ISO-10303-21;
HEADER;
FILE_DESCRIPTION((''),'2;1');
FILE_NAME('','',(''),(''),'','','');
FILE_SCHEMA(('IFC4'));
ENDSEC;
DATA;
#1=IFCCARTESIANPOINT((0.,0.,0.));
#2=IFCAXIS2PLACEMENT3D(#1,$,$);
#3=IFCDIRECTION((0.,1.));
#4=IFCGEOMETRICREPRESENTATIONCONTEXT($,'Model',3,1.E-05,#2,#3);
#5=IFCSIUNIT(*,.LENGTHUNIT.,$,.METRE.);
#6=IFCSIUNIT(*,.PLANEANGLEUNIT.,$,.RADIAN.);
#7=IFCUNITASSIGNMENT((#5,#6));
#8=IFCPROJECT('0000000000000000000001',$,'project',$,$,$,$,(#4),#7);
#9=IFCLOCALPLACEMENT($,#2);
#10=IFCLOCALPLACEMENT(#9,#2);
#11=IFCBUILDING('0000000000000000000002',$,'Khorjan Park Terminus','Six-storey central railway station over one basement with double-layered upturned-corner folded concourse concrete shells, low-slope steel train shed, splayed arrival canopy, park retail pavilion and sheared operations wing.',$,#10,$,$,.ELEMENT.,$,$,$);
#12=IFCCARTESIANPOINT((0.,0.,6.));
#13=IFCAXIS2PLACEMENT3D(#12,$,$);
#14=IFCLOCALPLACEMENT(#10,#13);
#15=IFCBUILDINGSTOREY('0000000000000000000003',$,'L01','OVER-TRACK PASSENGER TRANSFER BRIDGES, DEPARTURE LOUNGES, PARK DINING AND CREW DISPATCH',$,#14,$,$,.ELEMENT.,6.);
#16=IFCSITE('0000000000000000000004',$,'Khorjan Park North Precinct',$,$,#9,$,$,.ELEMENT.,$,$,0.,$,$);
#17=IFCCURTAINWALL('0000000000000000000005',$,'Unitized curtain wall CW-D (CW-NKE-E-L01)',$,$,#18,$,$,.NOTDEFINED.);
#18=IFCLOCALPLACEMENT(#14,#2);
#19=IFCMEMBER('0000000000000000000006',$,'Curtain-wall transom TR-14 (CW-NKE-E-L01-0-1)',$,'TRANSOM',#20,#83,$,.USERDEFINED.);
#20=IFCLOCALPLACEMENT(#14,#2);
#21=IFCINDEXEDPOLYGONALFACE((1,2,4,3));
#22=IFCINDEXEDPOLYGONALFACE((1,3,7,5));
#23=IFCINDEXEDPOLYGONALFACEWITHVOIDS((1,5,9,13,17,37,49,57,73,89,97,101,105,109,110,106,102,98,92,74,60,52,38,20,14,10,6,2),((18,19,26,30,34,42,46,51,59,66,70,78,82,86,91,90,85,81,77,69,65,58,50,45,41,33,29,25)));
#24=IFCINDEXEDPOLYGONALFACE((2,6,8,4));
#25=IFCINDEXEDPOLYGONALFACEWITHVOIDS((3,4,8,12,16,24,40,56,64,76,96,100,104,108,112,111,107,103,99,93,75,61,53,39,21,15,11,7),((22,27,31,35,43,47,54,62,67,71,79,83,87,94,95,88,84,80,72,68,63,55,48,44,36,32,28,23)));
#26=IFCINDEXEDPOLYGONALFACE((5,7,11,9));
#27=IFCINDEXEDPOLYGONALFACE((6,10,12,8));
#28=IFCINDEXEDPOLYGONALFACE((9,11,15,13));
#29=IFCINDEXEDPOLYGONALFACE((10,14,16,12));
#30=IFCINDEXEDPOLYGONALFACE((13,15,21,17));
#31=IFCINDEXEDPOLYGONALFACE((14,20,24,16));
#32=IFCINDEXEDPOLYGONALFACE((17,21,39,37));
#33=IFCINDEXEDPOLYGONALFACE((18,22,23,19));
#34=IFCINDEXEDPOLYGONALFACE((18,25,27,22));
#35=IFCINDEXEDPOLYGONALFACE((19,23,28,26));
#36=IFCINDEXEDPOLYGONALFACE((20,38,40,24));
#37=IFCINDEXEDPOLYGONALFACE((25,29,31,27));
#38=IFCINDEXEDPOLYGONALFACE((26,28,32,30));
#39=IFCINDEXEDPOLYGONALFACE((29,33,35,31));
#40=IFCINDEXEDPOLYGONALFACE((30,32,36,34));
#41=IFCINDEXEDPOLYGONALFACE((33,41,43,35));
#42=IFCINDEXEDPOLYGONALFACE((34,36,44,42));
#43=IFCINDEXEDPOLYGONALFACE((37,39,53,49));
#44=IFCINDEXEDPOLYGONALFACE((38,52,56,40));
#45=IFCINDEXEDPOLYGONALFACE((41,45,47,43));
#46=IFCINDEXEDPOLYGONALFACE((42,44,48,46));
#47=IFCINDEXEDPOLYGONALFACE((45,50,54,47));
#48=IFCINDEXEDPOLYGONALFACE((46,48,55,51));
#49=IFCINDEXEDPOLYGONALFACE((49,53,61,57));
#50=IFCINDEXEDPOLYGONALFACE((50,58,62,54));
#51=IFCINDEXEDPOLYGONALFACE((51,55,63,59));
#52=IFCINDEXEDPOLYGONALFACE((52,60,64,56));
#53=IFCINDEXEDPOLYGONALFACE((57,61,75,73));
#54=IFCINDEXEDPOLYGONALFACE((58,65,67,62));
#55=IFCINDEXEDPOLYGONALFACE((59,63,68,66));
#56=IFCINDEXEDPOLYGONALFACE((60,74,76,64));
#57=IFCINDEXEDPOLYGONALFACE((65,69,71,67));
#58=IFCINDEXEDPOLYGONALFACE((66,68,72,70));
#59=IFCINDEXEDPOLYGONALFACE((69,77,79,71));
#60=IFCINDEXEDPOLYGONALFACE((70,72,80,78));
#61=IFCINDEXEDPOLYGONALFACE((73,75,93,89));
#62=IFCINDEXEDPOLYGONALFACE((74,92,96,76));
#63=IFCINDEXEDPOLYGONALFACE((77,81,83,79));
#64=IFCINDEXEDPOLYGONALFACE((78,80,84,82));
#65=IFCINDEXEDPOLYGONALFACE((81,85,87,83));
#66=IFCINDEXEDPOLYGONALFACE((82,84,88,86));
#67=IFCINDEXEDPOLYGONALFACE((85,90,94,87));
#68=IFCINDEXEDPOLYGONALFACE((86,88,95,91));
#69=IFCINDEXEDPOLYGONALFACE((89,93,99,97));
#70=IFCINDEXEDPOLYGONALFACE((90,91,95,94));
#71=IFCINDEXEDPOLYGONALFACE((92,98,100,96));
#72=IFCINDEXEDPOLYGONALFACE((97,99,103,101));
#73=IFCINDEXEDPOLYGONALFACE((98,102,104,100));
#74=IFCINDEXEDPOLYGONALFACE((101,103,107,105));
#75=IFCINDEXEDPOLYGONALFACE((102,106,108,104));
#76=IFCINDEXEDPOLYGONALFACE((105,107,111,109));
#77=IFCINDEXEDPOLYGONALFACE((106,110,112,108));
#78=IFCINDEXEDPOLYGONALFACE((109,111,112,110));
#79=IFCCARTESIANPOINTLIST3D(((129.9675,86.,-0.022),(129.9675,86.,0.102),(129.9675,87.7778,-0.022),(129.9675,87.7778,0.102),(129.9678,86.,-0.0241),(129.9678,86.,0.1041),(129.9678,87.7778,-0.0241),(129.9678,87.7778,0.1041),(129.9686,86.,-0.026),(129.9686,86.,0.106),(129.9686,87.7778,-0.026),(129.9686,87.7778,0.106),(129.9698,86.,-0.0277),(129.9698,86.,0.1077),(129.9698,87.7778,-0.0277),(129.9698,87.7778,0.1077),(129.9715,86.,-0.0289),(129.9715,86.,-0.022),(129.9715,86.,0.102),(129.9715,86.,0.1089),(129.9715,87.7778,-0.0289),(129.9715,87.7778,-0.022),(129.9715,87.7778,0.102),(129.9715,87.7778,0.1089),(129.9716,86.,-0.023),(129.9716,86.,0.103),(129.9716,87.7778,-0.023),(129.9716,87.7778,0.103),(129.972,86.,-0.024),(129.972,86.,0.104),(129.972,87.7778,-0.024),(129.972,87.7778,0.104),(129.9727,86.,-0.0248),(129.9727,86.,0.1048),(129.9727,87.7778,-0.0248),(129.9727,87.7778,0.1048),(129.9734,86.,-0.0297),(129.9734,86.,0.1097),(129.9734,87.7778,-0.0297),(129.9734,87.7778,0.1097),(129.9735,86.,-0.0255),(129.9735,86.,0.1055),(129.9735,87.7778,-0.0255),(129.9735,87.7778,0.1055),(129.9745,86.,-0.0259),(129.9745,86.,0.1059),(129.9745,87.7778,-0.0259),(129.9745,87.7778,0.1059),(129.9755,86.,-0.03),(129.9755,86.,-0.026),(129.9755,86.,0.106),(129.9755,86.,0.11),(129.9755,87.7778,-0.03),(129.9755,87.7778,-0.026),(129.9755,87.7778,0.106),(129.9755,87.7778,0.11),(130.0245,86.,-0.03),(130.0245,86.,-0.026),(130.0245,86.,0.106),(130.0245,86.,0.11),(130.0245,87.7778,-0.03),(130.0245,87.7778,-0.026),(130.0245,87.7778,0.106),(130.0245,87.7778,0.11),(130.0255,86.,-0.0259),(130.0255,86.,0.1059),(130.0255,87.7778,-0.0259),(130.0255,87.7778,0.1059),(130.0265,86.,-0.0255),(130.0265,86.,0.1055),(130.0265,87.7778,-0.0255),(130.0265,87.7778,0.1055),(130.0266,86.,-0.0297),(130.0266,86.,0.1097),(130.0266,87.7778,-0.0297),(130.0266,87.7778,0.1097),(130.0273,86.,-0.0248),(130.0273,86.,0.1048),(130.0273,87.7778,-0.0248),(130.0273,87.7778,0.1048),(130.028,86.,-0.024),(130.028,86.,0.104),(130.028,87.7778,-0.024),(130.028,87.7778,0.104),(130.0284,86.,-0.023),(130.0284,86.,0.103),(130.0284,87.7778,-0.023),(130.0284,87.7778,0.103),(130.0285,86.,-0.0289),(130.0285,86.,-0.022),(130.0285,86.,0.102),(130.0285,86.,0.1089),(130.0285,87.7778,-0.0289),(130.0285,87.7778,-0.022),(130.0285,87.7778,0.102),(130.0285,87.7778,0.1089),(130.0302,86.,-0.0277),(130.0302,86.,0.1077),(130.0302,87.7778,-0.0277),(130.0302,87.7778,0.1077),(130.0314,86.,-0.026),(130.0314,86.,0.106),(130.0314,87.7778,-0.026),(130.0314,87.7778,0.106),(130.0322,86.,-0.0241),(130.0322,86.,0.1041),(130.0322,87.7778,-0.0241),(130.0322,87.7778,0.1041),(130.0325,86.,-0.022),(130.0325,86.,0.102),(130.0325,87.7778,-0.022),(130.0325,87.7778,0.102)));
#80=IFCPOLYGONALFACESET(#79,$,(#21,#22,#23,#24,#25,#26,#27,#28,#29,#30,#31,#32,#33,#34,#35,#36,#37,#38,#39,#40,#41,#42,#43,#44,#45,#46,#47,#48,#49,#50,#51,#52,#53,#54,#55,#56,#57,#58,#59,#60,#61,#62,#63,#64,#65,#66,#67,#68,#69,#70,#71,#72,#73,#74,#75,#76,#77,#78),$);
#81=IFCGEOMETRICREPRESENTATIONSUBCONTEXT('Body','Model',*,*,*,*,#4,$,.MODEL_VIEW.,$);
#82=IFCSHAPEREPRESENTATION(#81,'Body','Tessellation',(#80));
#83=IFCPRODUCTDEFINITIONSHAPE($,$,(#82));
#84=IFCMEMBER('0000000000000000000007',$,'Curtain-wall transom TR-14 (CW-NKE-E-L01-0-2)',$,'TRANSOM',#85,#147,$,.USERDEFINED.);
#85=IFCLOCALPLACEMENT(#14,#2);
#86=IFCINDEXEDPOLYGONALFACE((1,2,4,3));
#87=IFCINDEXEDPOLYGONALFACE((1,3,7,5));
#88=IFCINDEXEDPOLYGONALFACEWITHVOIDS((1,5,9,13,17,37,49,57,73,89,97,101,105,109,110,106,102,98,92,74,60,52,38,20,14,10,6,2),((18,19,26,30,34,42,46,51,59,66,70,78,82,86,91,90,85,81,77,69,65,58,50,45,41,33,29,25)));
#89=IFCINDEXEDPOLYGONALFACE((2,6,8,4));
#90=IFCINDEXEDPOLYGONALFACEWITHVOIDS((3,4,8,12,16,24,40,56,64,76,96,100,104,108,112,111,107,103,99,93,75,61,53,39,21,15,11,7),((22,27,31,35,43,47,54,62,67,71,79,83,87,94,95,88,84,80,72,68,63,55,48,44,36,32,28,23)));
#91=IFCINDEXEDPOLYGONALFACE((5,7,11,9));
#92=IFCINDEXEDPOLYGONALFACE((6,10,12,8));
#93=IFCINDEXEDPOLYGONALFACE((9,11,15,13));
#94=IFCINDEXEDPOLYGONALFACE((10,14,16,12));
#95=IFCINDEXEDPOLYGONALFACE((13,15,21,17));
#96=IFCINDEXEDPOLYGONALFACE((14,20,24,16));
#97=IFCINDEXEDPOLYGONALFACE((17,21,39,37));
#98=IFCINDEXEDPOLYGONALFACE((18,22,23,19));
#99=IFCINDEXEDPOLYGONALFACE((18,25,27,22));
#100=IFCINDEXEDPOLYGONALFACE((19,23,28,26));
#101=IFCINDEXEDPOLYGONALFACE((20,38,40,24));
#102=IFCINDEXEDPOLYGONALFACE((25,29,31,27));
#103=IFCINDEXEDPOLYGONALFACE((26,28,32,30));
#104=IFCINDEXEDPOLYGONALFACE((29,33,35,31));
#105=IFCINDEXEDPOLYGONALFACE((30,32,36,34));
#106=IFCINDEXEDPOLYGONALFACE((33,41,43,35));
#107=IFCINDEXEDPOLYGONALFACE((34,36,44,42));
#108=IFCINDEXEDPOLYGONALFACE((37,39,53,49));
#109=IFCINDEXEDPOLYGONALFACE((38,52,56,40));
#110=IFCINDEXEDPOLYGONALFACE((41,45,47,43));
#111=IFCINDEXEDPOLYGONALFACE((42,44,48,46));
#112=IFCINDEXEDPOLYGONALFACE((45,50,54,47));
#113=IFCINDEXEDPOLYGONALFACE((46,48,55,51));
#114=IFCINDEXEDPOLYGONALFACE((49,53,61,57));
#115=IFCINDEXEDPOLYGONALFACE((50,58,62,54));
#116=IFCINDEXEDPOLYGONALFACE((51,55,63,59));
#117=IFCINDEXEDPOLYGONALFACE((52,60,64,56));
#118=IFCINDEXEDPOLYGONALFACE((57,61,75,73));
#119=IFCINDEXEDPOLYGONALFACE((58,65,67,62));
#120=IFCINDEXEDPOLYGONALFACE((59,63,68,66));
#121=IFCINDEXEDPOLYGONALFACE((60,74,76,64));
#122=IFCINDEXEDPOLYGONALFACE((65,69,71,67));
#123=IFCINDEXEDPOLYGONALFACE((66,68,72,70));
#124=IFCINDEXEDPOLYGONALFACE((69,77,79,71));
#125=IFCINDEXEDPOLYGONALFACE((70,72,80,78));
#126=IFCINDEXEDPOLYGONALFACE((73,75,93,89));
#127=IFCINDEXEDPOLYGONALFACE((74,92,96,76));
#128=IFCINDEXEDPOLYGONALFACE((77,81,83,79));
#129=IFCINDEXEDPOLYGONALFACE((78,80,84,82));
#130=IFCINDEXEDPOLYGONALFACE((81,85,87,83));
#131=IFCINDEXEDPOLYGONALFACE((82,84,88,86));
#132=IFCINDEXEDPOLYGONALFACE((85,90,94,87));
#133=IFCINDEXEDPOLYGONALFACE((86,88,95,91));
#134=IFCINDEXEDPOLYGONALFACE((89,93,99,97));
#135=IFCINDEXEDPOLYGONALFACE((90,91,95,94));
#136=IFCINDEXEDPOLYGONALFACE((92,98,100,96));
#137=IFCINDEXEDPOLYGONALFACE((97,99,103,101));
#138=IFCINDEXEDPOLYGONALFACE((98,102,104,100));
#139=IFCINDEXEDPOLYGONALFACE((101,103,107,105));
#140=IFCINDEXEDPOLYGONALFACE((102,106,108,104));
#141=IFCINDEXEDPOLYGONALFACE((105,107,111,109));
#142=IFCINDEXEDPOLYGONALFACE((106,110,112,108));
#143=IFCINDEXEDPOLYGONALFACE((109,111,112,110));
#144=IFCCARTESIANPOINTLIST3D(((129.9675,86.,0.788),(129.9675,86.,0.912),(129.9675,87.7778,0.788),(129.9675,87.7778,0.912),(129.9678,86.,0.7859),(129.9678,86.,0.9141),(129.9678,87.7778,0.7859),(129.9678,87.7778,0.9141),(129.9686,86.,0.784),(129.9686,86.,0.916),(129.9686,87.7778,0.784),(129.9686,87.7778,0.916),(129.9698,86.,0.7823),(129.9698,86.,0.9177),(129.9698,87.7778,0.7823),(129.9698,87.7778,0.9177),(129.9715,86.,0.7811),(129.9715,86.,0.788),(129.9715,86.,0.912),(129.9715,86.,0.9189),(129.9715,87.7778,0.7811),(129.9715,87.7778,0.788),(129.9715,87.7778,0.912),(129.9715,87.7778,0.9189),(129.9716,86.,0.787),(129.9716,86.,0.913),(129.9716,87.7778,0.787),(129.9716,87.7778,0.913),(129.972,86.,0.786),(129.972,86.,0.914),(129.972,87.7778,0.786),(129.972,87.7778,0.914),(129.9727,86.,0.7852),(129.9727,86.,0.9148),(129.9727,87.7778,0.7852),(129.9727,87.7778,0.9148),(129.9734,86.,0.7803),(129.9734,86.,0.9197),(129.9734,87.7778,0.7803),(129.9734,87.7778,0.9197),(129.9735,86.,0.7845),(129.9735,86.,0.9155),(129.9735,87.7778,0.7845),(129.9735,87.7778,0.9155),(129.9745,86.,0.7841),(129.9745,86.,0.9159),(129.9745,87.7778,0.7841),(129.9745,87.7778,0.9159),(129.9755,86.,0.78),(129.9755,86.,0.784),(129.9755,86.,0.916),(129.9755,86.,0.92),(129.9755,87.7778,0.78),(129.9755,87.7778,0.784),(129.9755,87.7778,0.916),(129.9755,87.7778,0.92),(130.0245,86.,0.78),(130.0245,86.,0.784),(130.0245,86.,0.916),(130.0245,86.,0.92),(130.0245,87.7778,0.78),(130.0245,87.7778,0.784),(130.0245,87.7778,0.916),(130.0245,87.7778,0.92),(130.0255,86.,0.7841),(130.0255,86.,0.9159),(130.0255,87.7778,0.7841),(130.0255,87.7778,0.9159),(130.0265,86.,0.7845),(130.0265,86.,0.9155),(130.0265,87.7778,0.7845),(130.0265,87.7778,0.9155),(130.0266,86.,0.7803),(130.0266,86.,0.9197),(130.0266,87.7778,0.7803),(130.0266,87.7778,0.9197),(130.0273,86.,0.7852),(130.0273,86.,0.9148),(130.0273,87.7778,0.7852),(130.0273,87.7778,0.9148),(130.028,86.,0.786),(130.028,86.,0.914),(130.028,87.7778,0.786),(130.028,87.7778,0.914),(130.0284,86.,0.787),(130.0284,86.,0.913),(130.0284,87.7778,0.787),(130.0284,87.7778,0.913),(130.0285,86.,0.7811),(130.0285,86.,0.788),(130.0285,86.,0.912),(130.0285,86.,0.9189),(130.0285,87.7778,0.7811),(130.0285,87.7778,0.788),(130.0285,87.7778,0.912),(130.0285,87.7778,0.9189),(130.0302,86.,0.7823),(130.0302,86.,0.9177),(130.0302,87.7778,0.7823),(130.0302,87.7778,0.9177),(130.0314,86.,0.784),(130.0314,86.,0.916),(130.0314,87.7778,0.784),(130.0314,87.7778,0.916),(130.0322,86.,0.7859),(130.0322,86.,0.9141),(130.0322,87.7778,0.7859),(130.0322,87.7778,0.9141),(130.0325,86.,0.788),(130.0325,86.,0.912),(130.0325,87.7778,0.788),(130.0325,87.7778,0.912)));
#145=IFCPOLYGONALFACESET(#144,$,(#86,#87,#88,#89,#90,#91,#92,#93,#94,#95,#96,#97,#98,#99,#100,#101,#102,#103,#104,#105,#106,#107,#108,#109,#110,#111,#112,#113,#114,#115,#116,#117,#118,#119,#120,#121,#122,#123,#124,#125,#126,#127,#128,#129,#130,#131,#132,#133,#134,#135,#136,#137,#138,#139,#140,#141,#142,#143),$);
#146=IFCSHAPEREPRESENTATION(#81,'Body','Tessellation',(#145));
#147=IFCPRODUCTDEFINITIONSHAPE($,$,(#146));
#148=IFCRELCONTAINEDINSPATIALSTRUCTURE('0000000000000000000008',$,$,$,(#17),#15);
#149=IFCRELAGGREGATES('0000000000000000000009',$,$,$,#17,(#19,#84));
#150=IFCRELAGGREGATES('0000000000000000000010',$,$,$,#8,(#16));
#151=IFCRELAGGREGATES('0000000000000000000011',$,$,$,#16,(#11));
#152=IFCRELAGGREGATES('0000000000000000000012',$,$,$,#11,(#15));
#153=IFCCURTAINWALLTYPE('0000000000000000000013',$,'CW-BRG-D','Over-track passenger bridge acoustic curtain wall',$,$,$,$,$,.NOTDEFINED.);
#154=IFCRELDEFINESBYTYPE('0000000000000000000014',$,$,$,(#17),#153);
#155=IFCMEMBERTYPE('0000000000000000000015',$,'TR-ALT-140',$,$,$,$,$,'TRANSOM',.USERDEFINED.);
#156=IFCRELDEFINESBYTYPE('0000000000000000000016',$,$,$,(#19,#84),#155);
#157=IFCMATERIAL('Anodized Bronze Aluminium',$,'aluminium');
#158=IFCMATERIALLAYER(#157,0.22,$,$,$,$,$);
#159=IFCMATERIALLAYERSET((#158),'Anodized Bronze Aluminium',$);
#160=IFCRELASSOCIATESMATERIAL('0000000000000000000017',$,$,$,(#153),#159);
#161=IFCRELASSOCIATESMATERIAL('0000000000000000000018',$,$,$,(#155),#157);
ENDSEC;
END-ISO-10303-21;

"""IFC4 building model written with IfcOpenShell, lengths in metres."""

from ifc_helpers import new_model, si_unit, direction, frame, origin, origin_2d, place, context, subcontext, project, spatial, hollow_rectangle, extrude, material, layer, layer_set, material_profile, profile_set, type_object, element, aggregate, save


model = new_model("IFC4")

# Units and contexts
model_context = context("Model", 3, precision=1e-05, world=origin(), true_north=direction((0.0, 1.0)))
body_context = subcontext(model_context, "Body", "Model", "MODEL_VIEW")
ifc_project = project(units=[si_unit("LENGTHUNIT", "METRE"), si_unit("PLANEANGLEUNIT", "RADIAN")], contexts=[model_context])

# Site, building, storey
site_placement = place(None, origin())
site = spatial("IfcSite", under=ifc_project, at=site_placement, Name="Khorjan Park North Precinct", CompositionType="ELEMENT", RefElevation=0.0)
building_placement = place(site_placement, origin())
building = spatial("IfcBuilding", under=site, at=building_placement, Name="Khorjan Park Terminus", Description="Six-storey central railway station over one basement with double-layered upturned-corner folded concourse concrete shells, low-slope steel train shed, splayed arrival canopy, park retail pavilion and sheared operations wing.", CompositionType="ELEMENT")
storey_placement = place(building_placement, frame((0.0, 0.0, 6.0)))
storey = spatial("IfcBuildingStorey", under=building, at=storey_placement, Name="L01", Description="OVER-TRACK PASSENGER TRANSFER BRIDGES, DEPARTURE LOUNGES, PARK DINING AND CREW DISPATCH", CompositionType="ELEMENT", Elevation=6.0)

# Curtain wall
ifc_material_1 = material(Name="Anodized Bronze Aluminium", Category="aluminium")
ifc_layer_1 = layer(ifc_material_1, 0.22)
ifc_layer_set_1 = layer_set([ifc_layer_1], Name="Anodized Bronze Aluminium")
curtain_wall_type_1 = type_object("IfcCurtainWallType", Name="CW-BRG-D", Description="Over-track passenger bridge acoustic curtain wall", PredefinedType="NOTDEFINED", material=ifc_layer_set_1)
curtain_wall_1_placement = place(storey_placement, origin())
curtain_wall_1 = element("IfcCurtainWall", 1, at=curtain_wall_1_placement, inside=storey, type_object=curtain_wall_type_1, Name="Unitized curtain wall CW-D (CW-NKE-E-L01)", PredefinedType="NOTDEFINED")

# Members
ifc_material_profile_1 = material_profile(ifc_material_1, hollow_rectangle(XDim=0.065, YDim=0.14, WallThickness=0.004, InnerFilletRadius=0.004, OuterFilletRadius=0.008, at=origin_2d()), Name="ALT 65x140x4")
ifc_profile_set_1 = profile_set([ifc_material_profile_1], Name="Anodized Bronze Aluminium")
member_type_1 = type_object("IfcMemberType", Name="TR-ALT-140", ElementType="TRANSOM", PredefinedType="USERDEFINED", material=ifc_profile_set_1)
member_1_placement = place(storey_placement, frame((130.0, 86.0, 0.04), z_axis=(0.0, 1.0, 0.0), x_axis=(-1.0, 0.0, 0.0)))
member_1 = element("IfcMember", 2, at=member_1_placement, type_object=member_type_1, Name="Curtain-wall transom TR-14 (CW-NKE-E-L01-0-1)", ObjectType="TRANSOM", PredefinedType="USERDEFINED", context=body_context, shape_type="SweptSolid", body=[
    extrude(hollow_rectangle(XDim=0.065, YDim=0.14, WallThickness=0.004, InnerFilletRadius=0.004, OuterFilletRadius=0.008, at=origin_2d()), origin(), (0.0, 0.0, 1.0), 1.7778),
])
member_2_placement = place(storey_placement, frame((130.0, 86.0, 0.85), z_axis=(0.0, 1.0, 0.0), x_axis=(-1.0, 0.0, 0.0)))
member_2 = element("IfcMember", 3, at=member_2_placement, type_object=member_type_1, Name="Curtain-wall transom TR-14 (CW-NKE-E-L01-0-2)", ObjectType="TRANSOM", PredefinedType="USERDEFINED", context=body_context, shape_type="SweptSolid", body=[
    extrude(hollow_rectangle(XDim=0.065, YDim=0.14, WallThickness=0.004, InnerFilletRadius=0.004, OuterFilletRadius=0.008, at=origin_2d()), origin(), (0.0, 0.0, 1.0), 1.7778),
])

aggregate(curtain_wall_1, [member_1, member_2])

save(model, "model.ifc")
